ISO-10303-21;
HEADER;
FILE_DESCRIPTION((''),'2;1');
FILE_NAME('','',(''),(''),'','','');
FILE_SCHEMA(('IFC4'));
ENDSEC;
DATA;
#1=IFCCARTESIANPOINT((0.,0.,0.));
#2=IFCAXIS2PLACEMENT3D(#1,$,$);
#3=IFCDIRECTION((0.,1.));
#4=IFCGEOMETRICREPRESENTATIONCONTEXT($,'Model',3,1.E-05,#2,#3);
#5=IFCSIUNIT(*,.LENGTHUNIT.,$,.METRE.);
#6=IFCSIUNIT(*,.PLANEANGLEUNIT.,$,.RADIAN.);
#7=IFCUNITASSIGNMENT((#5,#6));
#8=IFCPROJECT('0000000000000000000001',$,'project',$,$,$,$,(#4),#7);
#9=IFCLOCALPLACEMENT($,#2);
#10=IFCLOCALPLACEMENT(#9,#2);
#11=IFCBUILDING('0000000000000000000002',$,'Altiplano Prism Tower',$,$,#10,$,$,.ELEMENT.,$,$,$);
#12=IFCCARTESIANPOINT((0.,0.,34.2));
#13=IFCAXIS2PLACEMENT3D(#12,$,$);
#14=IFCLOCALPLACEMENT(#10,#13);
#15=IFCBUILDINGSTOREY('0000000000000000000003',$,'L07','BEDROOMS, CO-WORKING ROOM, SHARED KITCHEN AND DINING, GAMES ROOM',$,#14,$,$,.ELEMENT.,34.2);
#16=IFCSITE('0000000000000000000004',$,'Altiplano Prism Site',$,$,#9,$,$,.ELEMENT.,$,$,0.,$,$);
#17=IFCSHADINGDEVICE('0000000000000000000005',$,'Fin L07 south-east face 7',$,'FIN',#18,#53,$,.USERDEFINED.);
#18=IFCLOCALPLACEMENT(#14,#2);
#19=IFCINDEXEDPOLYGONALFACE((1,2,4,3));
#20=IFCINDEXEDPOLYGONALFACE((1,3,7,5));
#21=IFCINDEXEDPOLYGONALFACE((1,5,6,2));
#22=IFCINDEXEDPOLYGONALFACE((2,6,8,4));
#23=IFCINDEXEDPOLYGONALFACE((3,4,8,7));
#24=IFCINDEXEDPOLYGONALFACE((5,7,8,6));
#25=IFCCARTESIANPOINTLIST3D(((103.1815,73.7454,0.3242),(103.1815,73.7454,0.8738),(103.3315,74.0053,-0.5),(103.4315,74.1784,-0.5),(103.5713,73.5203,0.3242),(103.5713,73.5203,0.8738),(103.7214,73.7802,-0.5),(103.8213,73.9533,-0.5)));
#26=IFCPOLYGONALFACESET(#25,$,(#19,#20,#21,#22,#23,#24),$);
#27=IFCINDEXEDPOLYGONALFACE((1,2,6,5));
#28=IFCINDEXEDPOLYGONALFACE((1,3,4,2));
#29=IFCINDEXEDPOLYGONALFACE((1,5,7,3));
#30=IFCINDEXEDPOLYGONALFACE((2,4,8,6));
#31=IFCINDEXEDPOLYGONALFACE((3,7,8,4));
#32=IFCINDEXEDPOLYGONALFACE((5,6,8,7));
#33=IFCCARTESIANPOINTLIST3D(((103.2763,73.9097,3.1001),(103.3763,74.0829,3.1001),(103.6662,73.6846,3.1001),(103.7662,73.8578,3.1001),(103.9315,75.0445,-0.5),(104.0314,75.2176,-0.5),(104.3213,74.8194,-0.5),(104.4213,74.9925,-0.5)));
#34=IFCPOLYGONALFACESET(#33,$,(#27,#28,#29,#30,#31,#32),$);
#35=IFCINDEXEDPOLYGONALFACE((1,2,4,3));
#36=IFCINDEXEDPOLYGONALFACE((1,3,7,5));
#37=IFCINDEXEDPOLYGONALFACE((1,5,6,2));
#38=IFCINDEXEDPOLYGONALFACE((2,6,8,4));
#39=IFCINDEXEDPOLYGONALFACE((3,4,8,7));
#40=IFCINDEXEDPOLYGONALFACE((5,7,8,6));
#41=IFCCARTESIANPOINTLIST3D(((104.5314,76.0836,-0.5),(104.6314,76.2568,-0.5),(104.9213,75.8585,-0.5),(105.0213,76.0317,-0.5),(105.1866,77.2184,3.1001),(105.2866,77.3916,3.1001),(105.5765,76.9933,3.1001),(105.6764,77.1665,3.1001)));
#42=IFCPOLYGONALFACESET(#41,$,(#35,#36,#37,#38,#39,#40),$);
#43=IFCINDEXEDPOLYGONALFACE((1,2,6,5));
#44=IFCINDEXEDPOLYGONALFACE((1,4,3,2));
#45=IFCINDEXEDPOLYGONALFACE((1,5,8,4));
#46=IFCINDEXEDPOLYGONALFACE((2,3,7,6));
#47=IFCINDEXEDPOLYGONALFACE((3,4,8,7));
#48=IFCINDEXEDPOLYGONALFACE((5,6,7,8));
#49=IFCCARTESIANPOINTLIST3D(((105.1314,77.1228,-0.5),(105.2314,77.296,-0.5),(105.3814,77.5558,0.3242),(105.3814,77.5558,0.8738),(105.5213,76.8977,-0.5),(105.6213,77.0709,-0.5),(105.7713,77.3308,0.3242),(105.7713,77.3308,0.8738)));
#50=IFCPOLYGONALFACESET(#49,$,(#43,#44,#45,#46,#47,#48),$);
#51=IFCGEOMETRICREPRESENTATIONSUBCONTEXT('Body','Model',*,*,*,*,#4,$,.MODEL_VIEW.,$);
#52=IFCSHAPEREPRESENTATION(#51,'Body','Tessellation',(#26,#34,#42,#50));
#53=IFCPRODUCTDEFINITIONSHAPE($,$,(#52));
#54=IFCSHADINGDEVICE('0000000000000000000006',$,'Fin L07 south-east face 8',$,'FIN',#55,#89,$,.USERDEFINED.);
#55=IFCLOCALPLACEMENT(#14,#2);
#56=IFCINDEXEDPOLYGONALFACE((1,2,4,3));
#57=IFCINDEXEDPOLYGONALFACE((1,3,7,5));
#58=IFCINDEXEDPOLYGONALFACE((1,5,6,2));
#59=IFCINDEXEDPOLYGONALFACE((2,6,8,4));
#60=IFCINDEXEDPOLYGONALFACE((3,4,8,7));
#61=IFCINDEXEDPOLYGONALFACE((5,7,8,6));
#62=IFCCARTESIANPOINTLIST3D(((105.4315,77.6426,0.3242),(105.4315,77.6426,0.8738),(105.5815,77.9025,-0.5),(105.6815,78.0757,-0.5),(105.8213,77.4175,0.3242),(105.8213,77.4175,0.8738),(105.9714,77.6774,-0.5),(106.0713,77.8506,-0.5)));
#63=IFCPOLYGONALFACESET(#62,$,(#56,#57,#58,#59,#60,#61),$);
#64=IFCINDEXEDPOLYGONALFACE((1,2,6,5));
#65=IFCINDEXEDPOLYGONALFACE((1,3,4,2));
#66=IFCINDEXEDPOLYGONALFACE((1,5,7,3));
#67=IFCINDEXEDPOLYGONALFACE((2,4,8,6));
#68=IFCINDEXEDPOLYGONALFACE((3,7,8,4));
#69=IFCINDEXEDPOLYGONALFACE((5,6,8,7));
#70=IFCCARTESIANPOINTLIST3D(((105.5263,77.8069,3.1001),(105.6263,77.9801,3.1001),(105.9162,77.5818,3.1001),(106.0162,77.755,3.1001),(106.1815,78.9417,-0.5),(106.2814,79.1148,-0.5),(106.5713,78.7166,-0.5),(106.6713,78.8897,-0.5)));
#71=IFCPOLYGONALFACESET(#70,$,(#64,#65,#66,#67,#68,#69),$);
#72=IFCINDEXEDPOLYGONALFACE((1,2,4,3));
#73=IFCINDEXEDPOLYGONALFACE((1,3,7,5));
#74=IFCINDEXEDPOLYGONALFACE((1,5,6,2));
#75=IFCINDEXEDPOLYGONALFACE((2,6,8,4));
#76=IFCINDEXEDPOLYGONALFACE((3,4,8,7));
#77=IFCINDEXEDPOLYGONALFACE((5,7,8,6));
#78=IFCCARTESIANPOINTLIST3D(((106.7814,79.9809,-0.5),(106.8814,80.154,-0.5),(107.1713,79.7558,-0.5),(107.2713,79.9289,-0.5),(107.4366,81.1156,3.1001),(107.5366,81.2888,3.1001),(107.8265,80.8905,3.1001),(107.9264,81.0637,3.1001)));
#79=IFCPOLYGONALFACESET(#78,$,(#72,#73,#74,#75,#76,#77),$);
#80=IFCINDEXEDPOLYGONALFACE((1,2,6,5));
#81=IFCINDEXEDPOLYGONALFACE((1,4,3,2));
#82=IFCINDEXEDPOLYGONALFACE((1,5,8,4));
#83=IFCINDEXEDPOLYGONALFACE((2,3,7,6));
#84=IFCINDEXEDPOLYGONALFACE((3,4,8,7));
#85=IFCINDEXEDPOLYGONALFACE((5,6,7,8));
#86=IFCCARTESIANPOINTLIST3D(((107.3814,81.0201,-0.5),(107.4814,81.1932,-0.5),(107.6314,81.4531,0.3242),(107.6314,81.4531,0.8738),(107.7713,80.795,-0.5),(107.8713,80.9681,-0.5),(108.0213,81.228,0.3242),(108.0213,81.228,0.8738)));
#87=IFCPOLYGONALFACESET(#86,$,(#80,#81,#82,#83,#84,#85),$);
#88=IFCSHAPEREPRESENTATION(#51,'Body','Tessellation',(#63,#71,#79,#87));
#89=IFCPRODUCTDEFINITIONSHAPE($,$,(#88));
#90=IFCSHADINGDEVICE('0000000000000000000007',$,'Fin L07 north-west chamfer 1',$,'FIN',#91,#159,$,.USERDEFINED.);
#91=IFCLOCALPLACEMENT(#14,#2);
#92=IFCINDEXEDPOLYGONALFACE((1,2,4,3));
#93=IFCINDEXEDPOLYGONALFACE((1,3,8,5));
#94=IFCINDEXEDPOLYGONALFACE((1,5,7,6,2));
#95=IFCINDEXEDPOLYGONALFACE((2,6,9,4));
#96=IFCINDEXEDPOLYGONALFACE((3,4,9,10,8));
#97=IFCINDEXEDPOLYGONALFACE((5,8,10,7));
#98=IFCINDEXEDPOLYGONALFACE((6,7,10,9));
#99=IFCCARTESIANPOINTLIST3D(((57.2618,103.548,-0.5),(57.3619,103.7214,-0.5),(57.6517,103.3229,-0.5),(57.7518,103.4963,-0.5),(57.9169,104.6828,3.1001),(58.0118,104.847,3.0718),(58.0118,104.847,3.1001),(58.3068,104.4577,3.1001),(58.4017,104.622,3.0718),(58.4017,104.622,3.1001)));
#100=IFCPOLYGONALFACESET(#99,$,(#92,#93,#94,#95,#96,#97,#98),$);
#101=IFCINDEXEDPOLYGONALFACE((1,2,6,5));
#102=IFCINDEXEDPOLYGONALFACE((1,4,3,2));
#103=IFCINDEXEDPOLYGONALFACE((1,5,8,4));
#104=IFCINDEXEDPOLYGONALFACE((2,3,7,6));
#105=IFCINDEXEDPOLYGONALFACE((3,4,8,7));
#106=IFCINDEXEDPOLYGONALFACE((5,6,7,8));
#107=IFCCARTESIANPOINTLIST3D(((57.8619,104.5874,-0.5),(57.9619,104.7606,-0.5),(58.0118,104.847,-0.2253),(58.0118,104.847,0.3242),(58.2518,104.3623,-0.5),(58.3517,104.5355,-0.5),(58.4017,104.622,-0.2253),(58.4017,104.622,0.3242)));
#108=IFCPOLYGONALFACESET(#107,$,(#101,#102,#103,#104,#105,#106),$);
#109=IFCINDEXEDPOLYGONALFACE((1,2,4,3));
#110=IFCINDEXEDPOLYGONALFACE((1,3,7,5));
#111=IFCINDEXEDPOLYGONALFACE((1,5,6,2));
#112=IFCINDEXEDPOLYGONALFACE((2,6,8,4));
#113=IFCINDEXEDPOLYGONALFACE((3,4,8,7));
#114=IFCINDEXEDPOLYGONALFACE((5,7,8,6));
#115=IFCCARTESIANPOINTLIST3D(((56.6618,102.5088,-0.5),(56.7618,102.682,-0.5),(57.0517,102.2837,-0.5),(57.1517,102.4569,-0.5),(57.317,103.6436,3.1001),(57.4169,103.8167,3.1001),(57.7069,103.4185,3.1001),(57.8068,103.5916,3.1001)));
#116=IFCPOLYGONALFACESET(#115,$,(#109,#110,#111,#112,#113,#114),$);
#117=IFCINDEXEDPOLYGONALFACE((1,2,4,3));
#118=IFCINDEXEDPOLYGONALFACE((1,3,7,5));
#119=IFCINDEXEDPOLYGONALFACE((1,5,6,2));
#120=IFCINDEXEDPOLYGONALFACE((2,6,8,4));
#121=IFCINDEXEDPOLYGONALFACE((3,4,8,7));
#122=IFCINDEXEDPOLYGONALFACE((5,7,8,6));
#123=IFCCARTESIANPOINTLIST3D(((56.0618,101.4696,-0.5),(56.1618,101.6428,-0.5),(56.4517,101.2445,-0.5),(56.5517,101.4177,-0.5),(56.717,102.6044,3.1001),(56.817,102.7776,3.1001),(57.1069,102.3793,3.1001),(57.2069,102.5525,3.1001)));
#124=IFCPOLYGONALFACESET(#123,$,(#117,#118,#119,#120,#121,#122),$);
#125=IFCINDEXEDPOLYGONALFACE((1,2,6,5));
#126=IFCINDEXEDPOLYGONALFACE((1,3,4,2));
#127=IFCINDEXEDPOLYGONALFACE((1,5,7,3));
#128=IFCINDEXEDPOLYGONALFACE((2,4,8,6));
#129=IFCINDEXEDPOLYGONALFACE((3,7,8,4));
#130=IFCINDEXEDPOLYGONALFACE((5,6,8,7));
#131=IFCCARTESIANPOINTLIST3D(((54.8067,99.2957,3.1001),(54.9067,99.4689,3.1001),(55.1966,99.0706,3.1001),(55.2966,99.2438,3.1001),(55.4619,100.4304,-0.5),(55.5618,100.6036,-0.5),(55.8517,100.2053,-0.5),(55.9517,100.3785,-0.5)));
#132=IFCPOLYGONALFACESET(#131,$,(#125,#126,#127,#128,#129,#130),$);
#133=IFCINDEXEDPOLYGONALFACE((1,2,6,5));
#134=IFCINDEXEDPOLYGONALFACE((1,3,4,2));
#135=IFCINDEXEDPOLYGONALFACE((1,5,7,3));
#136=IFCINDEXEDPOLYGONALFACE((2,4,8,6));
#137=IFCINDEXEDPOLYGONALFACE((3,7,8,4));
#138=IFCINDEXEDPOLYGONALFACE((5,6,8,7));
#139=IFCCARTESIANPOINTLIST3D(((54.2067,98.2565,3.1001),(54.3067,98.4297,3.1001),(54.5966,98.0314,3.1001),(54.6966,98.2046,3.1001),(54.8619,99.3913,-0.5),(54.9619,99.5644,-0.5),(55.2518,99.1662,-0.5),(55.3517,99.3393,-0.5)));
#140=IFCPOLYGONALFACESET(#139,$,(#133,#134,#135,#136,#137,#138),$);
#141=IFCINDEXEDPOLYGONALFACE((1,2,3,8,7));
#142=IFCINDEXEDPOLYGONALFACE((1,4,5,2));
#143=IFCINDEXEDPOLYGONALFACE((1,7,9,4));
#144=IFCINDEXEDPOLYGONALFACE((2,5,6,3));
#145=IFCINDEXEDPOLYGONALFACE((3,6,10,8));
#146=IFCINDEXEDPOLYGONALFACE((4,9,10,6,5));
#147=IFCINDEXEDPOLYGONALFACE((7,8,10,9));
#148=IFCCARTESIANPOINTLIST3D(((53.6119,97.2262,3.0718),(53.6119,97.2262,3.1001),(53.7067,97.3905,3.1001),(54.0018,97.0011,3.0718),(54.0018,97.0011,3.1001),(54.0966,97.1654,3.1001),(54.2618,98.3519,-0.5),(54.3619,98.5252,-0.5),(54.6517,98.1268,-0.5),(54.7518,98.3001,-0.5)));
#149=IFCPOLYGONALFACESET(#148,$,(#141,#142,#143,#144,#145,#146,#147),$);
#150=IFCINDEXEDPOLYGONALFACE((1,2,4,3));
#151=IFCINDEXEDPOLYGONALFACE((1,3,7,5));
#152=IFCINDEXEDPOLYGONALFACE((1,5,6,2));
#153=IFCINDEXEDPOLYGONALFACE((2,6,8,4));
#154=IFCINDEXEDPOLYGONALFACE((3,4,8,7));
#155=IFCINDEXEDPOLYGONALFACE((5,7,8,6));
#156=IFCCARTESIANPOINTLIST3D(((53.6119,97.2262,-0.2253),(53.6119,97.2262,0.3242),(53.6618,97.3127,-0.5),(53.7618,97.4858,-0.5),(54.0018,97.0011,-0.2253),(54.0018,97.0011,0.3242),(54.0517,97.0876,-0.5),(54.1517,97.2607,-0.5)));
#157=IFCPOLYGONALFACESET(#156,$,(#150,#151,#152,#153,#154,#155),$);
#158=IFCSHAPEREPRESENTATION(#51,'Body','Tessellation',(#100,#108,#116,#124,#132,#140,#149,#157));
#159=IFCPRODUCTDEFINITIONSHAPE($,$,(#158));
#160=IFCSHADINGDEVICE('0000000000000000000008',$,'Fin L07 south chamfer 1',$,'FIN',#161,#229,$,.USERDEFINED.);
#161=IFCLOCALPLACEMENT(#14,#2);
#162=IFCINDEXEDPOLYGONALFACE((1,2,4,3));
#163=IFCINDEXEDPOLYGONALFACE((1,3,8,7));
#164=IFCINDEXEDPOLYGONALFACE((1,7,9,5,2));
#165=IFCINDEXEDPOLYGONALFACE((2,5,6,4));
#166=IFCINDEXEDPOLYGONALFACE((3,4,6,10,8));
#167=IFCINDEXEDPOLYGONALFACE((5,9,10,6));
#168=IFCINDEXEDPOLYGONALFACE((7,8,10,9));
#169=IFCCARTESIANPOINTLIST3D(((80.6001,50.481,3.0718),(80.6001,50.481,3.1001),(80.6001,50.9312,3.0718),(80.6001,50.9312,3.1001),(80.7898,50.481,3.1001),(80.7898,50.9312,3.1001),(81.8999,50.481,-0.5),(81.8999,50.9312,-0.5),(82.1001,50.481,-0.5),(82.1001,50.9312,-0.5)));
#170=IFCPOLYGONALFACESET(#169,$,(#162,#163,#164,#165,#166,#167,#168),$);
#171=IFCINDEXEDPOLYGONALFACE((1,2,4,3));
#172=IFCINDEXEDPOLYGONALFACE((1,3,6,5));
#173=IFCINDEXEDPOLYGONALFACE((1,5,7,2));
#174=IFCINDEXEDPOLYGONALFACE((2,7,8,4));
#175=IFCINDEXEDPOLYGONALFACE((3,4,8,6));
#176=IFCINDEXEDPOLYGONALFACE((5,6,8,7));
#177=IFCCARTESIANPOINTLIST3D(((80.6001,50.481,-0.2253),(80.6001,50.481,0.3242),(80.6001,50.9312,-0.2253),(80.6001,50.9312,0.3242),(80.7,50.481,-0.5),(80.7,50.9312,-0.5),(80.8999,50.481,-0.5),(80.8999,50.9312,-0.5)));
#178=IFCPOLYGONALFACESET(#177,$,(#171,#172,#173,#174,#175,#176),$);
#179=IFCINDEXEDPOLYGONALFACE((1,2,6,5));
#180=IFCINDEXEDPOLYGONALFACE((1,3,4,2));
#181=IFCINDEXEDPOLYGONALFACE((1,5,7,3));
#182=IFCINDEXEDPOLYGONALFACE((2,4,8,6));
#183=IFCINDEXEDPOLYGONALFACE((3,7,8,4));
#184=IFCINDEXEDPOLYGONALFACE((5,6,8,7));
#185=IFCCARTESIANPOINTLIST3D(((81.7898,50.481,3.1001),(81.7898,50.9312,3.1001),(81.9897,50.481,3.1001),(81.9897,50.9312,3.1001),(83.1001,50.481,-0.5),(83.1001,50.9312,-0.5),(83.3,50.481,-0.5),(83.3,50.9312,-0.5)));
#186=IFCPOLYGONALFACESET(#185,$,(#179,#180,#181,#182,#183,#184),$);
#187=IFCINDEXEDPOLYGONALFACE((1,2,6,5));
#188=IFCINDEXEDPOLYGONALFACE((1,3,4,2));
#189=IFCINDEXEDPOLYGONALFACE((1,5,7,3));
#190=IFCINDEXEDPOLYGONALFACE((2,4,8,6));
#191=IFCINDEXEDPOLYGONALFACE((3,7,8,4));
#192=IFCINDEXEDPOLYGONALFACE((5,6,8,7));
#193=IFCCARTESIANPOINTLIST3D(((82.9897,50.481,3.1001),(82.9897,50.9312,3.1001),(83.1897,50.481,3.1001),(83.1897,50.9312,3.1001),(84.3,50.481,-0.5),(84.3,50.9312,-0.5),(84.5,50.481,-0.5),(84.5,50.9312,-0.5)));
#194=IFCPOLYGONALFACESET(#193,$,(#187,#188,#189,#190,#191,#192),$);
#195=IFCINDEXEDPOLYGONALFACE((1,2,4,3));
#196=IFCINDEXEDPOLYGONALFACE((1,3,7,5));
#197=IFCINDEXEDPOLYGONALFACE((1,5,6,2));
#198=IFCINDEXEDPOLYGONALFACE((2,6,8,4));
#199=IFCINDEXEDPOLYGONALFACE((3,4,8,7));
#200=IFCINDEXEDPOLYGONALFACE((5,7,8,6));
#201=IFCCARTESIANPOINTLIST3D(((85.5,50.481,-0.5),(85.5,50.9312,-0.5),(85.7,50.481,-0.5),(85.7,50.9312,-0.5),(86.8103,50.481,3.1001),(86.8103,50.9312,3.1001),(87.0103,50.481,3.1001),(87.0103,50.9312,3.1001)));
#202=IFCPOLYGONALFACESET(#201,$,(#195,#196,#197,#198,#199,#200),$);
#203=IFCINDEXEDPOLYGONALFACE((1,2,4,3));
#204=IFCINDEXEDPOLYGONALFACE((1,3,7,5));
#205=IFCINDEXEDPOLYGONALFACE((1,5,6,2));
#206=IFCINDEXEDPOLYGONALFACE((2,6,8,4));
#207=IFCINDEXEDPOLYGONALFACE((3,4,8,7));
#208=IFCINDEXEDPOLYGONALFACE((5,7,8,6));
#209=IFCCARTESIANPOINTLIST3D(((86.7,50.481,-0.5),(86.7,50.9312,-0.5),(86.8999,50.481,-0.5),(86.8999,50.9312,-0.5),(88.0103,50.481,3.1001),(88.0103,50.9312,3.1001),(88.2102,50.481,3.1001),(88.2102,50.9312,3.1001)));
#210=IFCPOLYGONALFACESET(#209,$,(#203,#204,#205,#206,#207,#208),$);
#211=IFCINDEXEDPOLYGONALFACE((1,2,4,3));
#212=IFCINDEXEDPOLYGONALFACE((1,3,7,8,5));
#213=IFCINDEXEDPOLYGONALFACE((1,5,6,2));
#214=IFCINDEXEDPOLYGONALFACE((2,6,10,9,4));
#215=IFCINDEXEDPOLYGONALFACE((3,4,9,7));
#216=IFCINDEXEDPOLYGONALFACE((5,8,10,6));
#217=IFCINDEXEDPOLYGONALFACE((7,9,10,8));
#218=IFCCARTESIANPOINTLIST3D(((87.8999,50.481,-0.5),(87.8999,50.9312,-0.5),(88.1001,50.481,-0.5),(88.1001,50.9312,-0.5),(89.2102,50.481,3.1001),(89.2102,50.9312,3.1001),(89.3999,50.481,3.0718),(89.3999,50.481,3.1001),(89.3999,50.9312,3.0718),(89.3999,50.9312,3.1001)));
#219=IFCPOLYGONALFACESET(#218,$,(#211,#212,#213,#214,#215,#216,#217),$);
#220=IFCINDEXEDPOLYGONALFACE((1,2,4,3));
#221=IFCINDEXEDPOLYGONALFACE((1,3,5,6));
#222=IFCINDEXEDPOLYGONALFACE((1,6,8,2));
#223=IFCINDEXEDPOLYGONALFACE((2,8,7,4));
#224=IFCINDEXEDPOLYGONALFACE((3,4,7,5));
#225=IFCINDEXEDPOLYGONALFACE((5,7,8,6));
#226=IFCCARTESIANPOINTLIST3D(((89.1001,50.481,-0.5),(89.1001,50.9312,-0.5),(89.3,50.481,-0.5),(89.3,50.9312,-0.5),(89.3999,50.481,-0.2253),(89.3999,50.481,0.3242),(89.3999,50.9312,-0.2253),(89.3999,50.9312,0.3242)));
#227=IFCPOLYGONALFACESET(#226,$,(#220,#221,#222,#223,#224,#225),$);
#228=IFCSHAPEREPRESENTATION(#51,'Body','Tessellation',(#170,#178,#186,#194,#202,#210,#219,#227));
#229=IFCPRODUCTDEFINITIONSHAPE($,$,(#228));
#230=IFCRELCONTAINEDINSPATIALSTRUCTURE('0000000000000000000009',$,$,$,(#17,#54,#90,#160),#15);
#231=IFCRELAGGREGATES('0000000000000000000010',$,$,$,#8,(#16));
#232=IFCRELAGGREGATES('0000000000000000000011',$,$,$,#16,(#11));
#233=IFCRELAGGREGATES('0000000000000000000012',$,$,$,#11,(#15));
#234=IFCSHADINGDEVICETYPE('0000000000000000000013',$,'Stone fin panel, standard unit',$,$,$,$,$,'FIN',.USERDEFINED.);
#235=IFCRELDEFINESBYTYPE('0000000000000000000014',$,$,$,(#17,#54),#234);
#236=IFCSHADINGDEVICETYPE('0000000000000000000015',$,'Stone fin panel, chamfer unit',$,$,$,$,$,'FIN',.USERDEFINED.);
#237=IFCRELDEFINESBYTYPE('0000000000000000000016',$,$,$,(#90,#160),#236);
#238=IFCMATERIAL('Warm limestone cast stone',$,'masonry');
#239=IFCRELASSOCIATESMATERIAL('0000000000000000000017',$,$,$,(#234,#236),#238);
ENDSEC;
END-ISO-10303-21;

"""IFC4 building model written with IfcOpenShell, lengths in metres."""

from ifc_helpers import new_model, si_unit, direction, frame, origin, place, context, subcontext, project, spatial, polyline, outline, extrude, source, transform, mapped, material, type_object, element, save


model = new_model("IFC4")

# Units and contexts
model_context = context("Model", 3, precision=1e-05, world=origin(), true_north=direction((0.0, 1.0)))
body_context = subcontext(model_context, "Body", "Model", "MODEL_VIEW")
ifc_project = project(units=[si_unit("LENGTHUNIT", "METRE"), si_unit("PLANEANGLEUNIT", "RADIAN")], contexts=[model_context])

# Site, building, storey
site_placement = place(None, origin())
site = spatial("IfcSite", under=ifc_project, at=site_placement, Name="Altiplano Prism Site", CompositionType="ELEMENT", RefElevation=0.0)
building_placement = place(site_placement, origin())
building = spatial("IfcBuilding", under=site, at=building_placement, Name="Altiplano Prism Tower", CompositionType="ELEMENT")
storey_placement = place(building_placement, frame((0.0, 0.0, 34.2)))
storey = spatial("IfcBuildingStorey", under=building, at=storey_placement, Name="L07", Description="BEDROOMS, CO-WORKING ROOM, SHARED KITCHEN AND DINING, GAMES ROOM", CompositionType="ELEMENT", Elevation=34.2)

# Shading devices
ifc_material_1 = material(Name="Warm limestone cast stone", Category="masonry")
shading_device_type_1 = type_object("IfcShadingDeviceType", Name="Stone fin panel, standard unit", ElementType="FIN", PredefinedType="USERDEFINED", material=ifc_material_1)
shared_shape_1 = source(origin(), body_context, "Body", "SweptSolid", [
    extrude(outline(polyline([(-2.2, 1.3738), (-2.2, 0.8242), (-1.8999, 0.0), (-1.7, 0.0), (-2.2, 1.3738)])), frame((0.0, -0.1499, 0.0), z_axis=(0.0, -1.0, 0.0), x_axis=(1.0, 0.0, 0.0)), (0.0, 0.0, 1.0), 0.4502),
    extrude(outline(polyline([(-2.0103, 3.6001), (-0.7, 0.0), (-0.5, 0.0), (-1.8103, 3.6001), (-2.0103, 3.6001)])), frame((0.0, -0.1499, 0.0), z_axis=(0.0, -1.0, 0.0), x_axis=(1.0, 0.0, 0.0)), (0.0, 0.0, 1.0), 0.4502),
    extrude(outline(polyline([(1.8103, 3.6001), (0.5, 0.0), (0.7, 0.0), (2.0103, 3.6001), (1.8103, 3.6001)])), frame((0.0, -0.1499, 0.0), z_axis=(0.0, -1.0, 0.0), x_axis=(1.0, 0.0, 0.0)), (0.0, 0.0, 1.0), 0.4502),
    extrude(outline(polyline([(2.2, 0.8242), (2.2, 1.3738), (1.7, 0.0), (1.8999, 0.0), (2.2, 0.8242)])), frame((0.0, -0.1499, 0.0), z_axis=(0.0, -1.0, 0.0), x_axis=(1.0, 0.0, 0.0)), (0.0, 0.0, 1.0), 0.4502),
])
shading_device_1_placement = place(storey_placement, origin())
element("IfcShadingDevice", 1, at=shading_device_1_placement, inside=storey, type_object=shading_device_type_1, Name="Fin L07 south-east face 7", ObjectType="FIN", PredefinedType="USERDEFINED", context=body_context, shape_type="MappedRepresentation", body=[
    mapped(shared_shape_1, transform((104.1516, 75.7256, -0.5), x_axis=(0.5, 0.866025, 0.0), y_axis=(-0.866025, 0.5, 0.0), z_axis=(0.0, 0.0, 1.0))),
])
shading_device_2_placement = place(storey_placement, origin())
element("IfcShadingDevice", 2, at=shading_device_2_placement, inside=storey, type_object=shading_device_type_1, Name="Fin L07 south-east face 8", ObjectType="FIN", PredefinedType="USERDEFINED", context=body_context, shape_type="MappedRepresentation", body=[
    mapped(shared_shape_1, transform((106.4016, 79.6228, -0.5), x_axis=(0.5, 0.866025, 0.0), y_axis=(-0.866025, 0.5, 0.0), z_axis=(0.0, 0.0, 1.0))),
])
shading_device_type_2 = type_object("IfcShadingDeviceType", Name="Stone fin panel, chamfer unit", ElementType="FIN", PredefinedType="USERDEFINED", material=ifc_material_1)
shared_shape_2 = source(origin(), body_context, "Body", "SweptSolid", [
    extrude(outline(polyline([(-4.3999, 3.6001), (-4.3999, 3.5718), (-3.1001, 0.0), (-2.8999, 0.0), (-4.2102, 3.6001), (-4.3999, 3.6001)])), frame((0.0, -0.1499, 0.0), z_axis=(0.0, -1.0, 0.0), x_axis=(1.0, 0.0, 0.0)), (0.0, 0.0, 1.0), 0.4502),
    extrude(outline(polyline([(-4.3999, 0.8242), (-4.3999, 0.2747), (-4.3, 0.0), (-4.1001, 0.0), (-4.3999, 0.8242)])), frame((0.0, -0.1499, 0.0), z_axis=(0.0, -1.0, 0.0), x_axis=(1.0, 0.0, 0.0)), (0.0, 0.0, 1.0), 0.4502),
    extrude(outline(polyline([(-3.2102, 3.6001), (-1.8999, 0.0), (-1.7, 0.0), (-3.0103, 3.6001), (-3.2102, 3.6001)])), frame((0.0, -0.1499, 0.0), z_axis=(0.0, -1.0, 0.0), x_axis=(1.0, 0.0, 0.0)), (0.0, 0.0, 1.0), 0.4502),
    extrude(outline(polyline([(-2.0103, 3.6001), (-0.7, 0.0), (-0.5, 0.0), (-1.8103, 3.6001), (-2.0103, 3.6001)])), frame((0.0, -0.1499, 0.0), z_axis=(0.0, -1.0, 0.0), x_axis=(1.0, 0.0, 0.0)), (0.0, 0.0, 1.0), 0.4502),
    extrude(outline(polyline([(1.8103, 3.6001), (0.5, 0.0), (0.7, 0.0), (2.0103, 3.6001), (1.8103, 3.6001)])), frame((0.0, -0.1499, 0.0), z_axis=(0.0, -1.0, 0.0), x_axis=(1.0, 0.0, 0.0)), (0.0, 0.0, 1.0), 0.4502),
    extrude(outline(polyline([(3.0103, 3.6001), (1.7, 0.0), (1.8999, 0.0), (3.2102, 3.6001), (3.0103, 3.6001)])), frame((0.0, -0.1499, 0.0), z_axis=(0.0, -1.0, 0.0), x_axis=(1.0, 0.0, 0.0)), (0.0, 0.0, 1.0), 0.4502),
    extrude(outline(polyline([(4.2102, 3.6001), (2.8999, 0.0), (3.1001, 0.0), (4.3999, 3.5718), (4.3999, 3.6001), (4.2102, 3.6001)])), frame((0.0, -0.1499, 0.0), z_axis=(0.0, -1.0, 0.0), x_axis=(1.0, 0.0, 0.0)), (0.0, 0.0, 1.0), 0.4502),
    extrude(outline(polyline([(4.3999, 0.2747), (4.3999, 0.8242), (4.1001, 0.0), (4.3, 0.0), (4.3999, 0.2747)])), frame((0.0, -0.1499, 0.0), z_axis=(0.0, -1.0, 0.0), x_axis=(1.0, 0.0, 0.0)), (0.0, 0.0, 1.0), 0.4502),
])
shading_device_3_placement = place(storey_placement, origin())
element("IfcShadingDevice", 3, at=shading_device_3_placement, inside=storey, type_object=shading_device_type_2, Name="Fin L07 north-west chamfer 1", ObjectType="FIN", PredefinedType="USERDEFINED", context=body_context, shape_type="MappedRepresentation", body=[
    mapped(shared_shape_2, transform((56.3315, 100.7366, -0.5), x_axis=(-0.5, -0.866025, 0.0), y_axis=(0.866025, -0.5, 0.0), z_axis=(0.0, 0.0, 1.0))),
])
shading_device_4_placement = place(storey_placement, origin())
element("IfcShadingDevice", 4, at=shading_device_4_placement, inside=storey, type_object=shading_device_type_2, Name="Fin L07 south chamfer 1", ObjectType="FIN", PredefinedType="USERDEFINED", context=body_context, shape_type="MappedRepresentation", body=[
    mapped(shared_shape_2, transform((85.0, 51.0811, -0.5), x_axis=(1.0, 0.0, 0.0), y_axis=(0.0, 1.0, 0.0), z_axis=(0.0, 0.0, 1.0))),
])

save(model, "model.ifc")
